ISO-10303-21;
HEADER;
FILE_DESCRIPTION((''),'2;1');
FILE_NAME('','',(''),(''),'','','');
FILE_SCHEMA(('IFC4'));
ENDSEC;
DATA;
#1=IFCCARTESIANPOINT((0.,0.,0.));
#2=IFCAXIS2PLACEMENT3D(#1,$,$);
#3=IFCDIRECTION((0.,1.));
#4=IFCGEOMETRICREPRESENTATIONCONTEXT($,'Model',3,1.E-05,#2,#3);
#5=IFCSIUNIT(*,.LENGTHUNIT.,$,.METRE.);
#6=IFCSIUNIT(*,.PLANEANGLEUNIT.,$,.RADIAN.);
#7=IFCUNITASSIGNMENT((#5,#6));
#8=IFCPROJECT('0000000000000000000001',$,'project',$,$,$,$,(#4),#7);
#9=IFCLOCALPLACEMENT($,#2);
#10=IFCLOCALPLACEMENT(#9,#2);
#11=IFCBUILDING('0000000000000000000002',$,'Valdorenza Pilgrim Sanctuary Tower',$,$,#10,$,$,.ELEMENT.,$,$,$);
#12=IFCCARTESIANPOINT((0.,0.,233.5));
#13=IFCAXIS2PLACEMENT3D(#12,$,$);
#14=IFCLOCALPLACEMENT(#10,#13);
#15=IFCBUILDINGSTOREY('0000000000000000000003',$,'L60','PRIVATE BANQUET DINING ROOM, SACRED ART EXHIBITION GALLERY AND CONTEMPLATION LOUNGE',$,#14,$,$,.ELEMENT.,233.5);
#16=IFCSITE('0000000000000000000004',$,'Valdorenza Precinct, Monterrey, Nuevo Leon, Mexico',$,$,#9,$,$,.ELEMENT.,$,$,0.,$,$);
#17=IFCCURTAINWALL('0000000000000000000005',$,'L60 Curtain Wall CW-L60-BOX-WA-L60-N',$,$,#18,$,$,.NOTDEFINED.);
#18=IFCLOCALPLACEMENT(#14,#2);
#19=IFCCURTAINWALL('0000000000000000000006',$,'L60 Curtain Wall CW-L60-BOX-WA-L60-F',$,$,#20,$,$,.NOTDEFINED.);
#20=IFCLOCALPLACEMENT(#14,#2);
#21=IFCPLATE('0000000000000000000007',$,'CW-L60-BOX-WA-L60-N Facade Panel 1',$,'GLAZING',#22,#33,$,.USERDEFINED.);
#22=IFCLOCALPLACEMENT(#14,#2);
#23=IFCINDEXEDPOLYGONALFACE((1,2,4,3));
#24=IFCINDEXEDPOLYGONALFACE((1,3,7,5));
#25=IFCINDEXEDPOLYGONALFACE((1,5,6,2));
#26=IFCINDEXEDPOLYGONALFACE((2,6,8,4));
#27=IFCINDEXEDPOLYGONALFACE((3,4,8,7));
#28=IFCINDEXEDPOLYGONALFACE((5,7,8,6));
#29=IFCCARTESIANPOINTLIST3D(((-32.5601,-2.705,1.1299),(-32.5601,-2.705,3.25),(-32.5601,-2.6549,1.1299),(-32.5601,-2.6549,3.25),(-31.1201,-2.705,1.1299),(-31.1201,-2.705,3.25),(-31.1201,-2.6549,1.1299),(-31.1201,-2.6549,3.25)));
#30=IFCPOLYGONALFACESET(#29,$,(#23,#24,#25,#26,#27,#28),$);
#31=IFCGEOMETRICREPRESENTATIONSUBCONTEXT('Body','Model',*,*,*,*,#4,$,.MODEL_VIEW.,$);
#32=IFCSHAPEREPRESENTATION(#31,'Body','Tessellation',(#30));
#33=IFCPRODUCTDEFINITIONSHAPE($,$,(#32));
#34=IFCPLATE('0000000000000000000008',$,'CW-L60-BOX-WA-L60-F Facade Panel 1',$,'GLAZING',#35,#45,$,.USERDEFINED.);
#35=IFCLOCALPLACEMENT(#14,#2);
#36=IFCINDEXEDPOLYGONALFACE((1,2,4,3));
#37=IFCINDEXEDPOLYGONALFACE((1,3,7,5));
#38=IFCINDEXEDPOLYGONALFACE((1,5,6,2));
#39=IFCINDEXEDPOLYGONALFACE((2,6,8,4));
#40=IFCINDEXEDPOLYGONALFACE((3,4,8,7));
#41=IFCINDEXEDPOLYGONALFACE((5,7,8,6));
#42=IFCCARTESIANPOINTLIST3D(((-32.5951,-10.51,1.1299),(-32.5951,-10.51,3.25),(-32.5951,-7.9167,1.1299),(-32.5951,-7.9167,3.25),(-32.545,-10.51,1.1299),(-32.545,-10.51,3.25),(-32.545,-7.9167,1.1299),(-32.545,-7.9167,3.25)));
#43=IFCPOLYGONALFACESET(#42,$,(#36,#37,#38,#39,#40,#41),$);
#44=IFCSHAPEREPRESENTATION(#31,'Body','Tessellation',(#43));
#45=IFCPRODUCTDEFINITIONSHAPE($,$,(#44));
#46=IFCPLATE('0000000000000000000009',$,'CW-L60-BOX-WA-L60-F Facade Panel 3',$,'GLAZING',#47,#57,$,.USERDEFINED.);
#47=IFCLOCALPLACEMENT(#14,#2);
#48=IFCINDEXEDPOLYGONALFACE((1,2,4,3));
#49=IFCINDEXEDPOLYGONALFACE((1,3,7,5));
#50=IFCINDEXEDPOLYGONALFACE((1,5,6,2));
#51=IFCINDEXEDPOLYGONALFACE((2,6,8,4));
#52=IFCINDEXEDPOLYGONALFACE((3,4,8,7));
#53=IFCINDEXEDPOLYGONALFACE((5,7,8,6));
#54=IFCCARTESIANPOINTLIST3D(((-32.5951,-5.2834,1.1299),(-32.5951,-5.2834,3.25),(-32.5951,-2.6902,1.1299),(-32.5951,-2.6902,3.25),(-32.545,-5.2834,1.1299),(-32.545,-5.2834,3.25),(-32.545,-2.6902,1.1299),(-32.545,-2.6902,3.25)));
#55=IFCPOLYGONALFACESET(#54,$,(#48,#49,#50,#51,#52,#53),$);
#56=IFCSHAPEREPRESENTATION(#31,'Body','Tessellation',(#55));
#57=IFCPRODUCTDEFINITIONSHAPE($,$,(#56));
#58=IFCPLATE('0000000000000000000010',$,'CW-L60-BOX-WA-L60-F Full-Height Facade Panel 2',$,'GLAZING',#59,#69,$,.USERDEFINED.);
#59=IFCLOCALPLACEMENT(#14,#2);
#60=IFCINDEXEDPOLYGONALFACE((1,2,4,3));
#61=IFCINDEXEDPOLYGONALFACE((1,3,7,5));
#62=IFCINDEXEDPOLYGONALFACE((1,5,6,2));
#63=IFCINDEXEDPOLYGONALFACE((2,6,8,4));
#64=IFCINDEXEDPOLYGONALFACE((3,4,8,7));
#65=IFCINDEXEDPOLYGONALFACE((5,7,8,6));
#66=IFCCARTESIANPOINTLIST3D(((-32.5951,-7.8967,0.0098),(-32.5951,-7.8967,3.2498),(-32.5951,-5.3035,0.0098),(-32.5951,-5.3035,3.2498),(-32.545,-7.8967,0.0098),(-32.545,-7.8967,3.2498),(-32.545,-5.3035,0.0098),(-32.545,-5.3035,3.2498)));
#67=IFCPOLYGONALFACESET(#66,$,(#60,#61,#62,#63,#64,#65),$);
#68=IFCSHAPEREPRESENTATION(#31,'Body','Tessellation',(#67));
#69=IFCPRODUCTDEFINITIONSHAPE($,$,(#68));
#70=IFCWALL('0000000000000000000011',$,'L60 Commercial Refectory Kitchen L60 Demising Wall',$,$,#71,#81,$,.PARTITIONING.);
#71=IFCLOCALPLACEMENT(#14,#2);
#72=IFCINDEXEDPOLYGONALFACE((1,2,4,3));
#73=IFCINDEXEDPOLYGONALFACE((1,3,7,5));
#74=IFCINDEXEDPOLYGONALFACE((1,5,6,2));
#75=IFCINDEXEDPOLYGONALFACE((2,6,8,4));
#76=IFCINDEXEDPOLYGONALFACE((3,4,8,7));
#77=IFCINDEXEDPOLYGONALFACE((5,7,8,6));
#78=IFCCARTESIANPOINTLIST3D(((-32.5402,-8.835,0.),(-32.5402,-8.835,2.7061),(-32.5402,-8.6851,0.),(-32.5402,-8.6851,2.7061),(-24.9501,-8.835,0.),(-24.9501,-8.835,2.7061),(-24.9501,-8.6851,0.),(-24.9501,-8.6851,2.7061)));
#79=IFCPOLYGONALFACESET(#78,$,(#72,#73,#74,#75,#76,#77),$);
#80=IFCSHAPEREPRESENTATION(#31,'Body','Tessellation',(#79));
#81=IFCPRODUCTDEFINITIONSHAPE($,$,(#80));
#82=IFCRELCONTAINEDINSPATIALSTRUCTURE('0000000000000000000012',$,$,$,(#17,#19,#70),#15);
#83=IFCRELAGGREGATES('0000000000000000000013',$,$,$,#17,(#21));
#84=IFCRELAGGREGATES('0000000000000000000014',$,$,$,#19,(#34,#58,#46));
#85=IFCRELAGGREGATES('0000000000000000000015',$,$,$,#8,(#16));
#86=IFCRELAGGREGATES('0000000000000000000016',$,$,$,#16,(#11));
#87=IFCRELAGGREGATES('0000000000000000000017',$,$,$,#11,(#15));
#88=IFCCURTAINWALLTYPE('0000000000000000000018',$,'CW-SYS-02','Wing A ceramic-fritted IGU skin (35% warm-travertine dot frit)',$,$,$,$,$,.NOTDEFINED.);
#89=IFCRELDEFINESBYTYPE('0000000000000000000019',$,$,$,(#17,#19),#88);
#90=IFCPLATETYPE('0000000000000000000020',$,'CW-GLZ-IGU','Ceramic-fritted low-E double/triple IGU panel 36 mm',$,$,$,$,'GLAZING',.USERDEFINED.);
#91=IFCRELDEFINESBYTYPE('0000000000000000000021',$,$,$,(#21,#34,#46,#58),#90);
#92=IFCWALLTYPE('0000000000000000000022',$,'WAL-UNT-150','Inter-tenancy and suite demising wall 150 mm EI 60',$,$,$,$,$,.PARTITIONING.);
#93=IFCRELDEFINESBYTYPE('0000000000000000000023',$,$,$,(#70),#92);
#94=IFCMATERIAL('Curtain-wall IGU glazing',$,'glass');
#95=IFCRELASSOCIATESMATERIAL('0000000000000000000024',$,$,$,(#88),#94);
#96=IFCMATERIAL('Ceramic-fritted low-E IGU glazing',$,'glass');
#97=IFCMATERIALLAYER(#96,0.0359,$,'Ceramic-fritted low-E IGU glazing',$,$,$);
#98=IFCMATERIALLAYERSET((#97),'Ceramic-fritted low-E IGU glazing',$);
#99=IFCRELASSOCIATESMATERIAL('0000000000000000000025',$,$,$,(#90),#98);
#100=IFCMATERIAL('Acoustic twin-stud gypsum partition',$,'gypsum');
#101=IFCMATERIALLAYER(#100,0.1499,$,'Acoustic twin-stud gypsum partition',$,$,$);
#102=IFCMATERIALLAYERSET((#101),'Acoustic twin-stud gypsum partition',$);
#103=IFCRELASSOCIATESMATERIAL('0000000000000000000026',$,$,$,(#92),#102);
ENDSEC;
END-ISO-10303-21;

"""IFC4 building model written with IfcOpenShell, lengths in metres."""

from ifc_helpers import new_model, si_unit, direction, frame, frame_2d, origin, origin_2d, place, context, subcontext, project, spatial, rectangle, extrude, source, transform, mapped, material, layer, layer_set, type_object, element, aggregate, save


model = new_model("IFC4")

# Units and contexts
model_context = context("Model", 3, precision=1e-05, world=origin(), true_north=direction((0.0, 1.0)))
body_context = subcontext(model_context, "Body", "Model", "MODEL_VIEW")
ifc_project = project(units=[si_unit("LENGTHUNIT", "METRE"), si_unit("PLANEANGLEUNIT", "RADIAN")], contexts=[model_context])

# Site, building, storey
site_placement = place(None, origin())
site = spatial("IfcSite", under=ifc_project, at=site_placement, Name="Valdorenza Precinct, Monterrey, Nuevo Leon, Mexico", CompositionType="ELEMENT", RefElevation=0.0)
building_placement = place(site_placement, origin())
building = spatial("IfcBuilding", under=site, at=building_placement, Name="Valdorenza Pilgrim Sanctuary Tower", CompositionType="ELEMENT")
storey_placement = place(building_placement, frame((0.0, 0.0, 233.5)))
storey = spatial("IfcBuildingStorey", under=building, at=storey_placement, Name="L60", Description="PRIVATE BANQUET DINING ROOM, SACRED ART EXHIBITION GALLERY AND CONTEMPLATION LOUNGE", CompositionType="ELEMENT", Elevation=233.5)

# Curtain wall
ifc_material_1 = material(Name="Curtain-wall IGU glazing", Category="glass")
curtain_wall_type = type_object("IfcCurtainWallType", Name="CW-SYS-02", Description="Wing A ceramic-fritted IGU skin (35% warm-travertine dot frit)", PredefinedType="NOTDEFINED", material=ifc_material_1)
curtain_wall_1_placement = place(storey_placement, origin())
curtain_wall_1 = element("IfcCurtainWall", 1, at=curtain_wall_1_placement, inside=storey, type_object=curtain_wall_type, Name="L60 Curtain Wall CW-L60-BOX-WA-L60-N", PredefinedType="NOTDEFINED")

# Curtain wall
curtain_wall_2_placement = place(storey_placement, origin())
curtain_wall_2 = element("IfcCurtainWall", 2, at=curtain_wall_2_placement, inside=storey, type_object=curtain_wall_type, Name="L60 Curtain Wall CW-L60-BOX-WA-L60-F", PredefinedType="NOTDEFINED")

# Plates
ifc_material_2 = material(Name="Ceramic-fritted low-E IGU glazing", Category="glass")
ifc_layer_1 = layer(ifc_material_2, 0.0359, Name="Ceramic-fritted low-E IGU glazing")
ifc_layer_set_1 = layer_set([ifc_layer_1], Name="Ceramic-fritted low-E IGU glazing")
plate_type_1 = type_object("IfcPlateType", Name="CW-GLZ-IGU", Description="Ceramic-fritted low-E double/triple IGU panel 36 mm", ElementType="GLAZING", PredefinedType="USERDEFINED", material=ifc_layer_set_1)
shared_shape_1 = source(origin(), body_context, "Body", "SweptSolid", [
    extrude(rectangle(XDim=1.4399, YDim=0.05, at=origin_2d()), origin(), (0.0, 0.0, 1.0), 2.1201),
])
plate_1_placement = place(storey_placement, frame((-31.8401, -2.6799, 1.1299), z_axis=(0.0, 0.0, 1.0), x_axis=(1.0, 0.0, 0.0)))
plate_1 = element("IfcPlate", 3, at=plate_1_placement, type_object=plate_type_1, Name="CW-L60-BOX-WA-L60-N Facade Panel 1", ObjectType="GLAZING", PredefinedType="USERDEFINED", context=body_context, shape_type="MappedRepresentation", body=[
    mapped(shared_shape_1, transform((0.0, 0.0, 0.0), x_axis=(1.0, 0.0, 0.0), y_axis=(0.0, 1.0, 0.0), z_axis=(0.0, 0.0, 1.0), scale=1.0)),
])
aggregate(curtain_wall_1, [plate_1])
shared_shape_2 = source(origin(), body_context, "Body", "SweptSolid", [
    extrude(rectangle(XDim=2.5933, YDim=0.05, at=origin_2d()), origin(), (0.0, 0.0, 1.0), 2.1201),
])
plate_2_placement = place(storey_placement, frame((-32.5701, -9.2134, 1.1299), z_axis=(0.0, 0.0, 1.0), x_axis=(0.0, 1.0, 0.0)))
plate_2 = element("IfcPlate", 4, at=plate_2_placement, type_object=plate_type_1, Name="CW-L60-BOX-WA-L60-F Facade Panel 1", ObjectType="GLAZING", PredefinedType="USERDEFINED", context=body_context, shape_type="MappedRepresentation", body=[
    mapped(shared_shape_2, transform((0.0, 0.0, 0.0), x_axis=(1.0, 0.0, 0.0), y_axis=(0.0, 1.0, 0.0), z_axis=(0.0, 0.0, 1.0), scale=1.0)),
])
plate_3_placement = place(storey_placement, frame((-32.5701, -3.9868, 1.1299), z_axis=(0.0, 0.0, 1.0), x_axis=(0.0, 1.0, 0.0)))
plate_3 = element("IfcPlate", 5, at=plate_3_placement, type_object=plate_type_1, Name="CW-L60-BOX-WA-L60-F Facade Panel 3", ObjectType="GLAZING", PredefinedType="USERDEFINED", context=body_context, shape_type="MappedRepresentation", body=[
    mapped(shared_shape_2, transform((0.0, 0.0, 0.0), x_axis=(1.0, 0.0, 0.0), y_axis=(0.0, 1.0, 0.0), z_axis=(0.0, 0.0, 1.0), scale=1.0)),
])
shared_shape_3 = source(origin(), body_context, "Body", "SweptSolid", [
    extrude(rectangle(XDim=2.5933, YDim=0.05, at=origin_2d()), origin(), (0.0, 0.0, 1.0), 3.24),
])
plate_4_placement = place(storey_placement, frame((-32.5701, -6.6001, 0.0098), z_axis=(0.0, 0.0, 1.0), x_axis=(0.0, 1.0, 0.0)))
plate_4 = element("IfcPlate", 6, at=plate_4_placement, type_object=plate_type_1, Name="CW-L60-BOX-WA-L60-F Full-Height Facade Panel 2", ObjectType="GLAZING", PredefinedType="USERDEFINED", context=body_context, shape_type="MappedRepresentation", body=[
    mapped(shared_shape_3, transform((0.0, 0.0, 0.0), x_axis=(1.0, 0.0, 0.0), y_axis=(0.0, 1.0, 0.0), z_axis=(0.0, 0.0, 1.0), scale=1.0)),
])
aggregate(curtain_wall_2, [plate_2, plate_4, plate_3])

# Wall
ifc_material_3 = material(Name="Acoustic twin-stud gypsum partition", Category="gypsum")
ifc_layer_2 = layer(ifc_material_3, 0.1499, Name="Acoustic twin-stud gypsum partition")
ifc_layer_set_2 = layer_set([ifc_layer_2], Name="Acoustic twin-stud gypsum partition")
wall_type = type_object("IfcWallType", Name="WAL-UNT-150", Description="Inter-tenancy and suite demising wall 150 mm EI 60", PredefinedType="PARTITIONING", material=ifc_layer_set_2)
wall_placement = place(storey_placement, frame((-32.54, -8.76, 0.0), z_axis=(0.0, 0.0, 1.0), x_axis=(1.0, 0.0, 0.0)))
element("IfcWall", 7, at=wall_placement, inside=storey, type_object=wall_type, Name="L60 Commercial Refectory Kitchen L60 Demising Wall", PredefinedType="PARTITIONING", context=body_context, shape_type="SweptSolid", body=[
    extrude(rectangle(XDim=7.5901, YDim=0.1499, at=frame_2d((3.7949, 0.0))), origin(), (0.0, 0.0, 1.0), 2.7061),
])

save(model, "model.ifc")
